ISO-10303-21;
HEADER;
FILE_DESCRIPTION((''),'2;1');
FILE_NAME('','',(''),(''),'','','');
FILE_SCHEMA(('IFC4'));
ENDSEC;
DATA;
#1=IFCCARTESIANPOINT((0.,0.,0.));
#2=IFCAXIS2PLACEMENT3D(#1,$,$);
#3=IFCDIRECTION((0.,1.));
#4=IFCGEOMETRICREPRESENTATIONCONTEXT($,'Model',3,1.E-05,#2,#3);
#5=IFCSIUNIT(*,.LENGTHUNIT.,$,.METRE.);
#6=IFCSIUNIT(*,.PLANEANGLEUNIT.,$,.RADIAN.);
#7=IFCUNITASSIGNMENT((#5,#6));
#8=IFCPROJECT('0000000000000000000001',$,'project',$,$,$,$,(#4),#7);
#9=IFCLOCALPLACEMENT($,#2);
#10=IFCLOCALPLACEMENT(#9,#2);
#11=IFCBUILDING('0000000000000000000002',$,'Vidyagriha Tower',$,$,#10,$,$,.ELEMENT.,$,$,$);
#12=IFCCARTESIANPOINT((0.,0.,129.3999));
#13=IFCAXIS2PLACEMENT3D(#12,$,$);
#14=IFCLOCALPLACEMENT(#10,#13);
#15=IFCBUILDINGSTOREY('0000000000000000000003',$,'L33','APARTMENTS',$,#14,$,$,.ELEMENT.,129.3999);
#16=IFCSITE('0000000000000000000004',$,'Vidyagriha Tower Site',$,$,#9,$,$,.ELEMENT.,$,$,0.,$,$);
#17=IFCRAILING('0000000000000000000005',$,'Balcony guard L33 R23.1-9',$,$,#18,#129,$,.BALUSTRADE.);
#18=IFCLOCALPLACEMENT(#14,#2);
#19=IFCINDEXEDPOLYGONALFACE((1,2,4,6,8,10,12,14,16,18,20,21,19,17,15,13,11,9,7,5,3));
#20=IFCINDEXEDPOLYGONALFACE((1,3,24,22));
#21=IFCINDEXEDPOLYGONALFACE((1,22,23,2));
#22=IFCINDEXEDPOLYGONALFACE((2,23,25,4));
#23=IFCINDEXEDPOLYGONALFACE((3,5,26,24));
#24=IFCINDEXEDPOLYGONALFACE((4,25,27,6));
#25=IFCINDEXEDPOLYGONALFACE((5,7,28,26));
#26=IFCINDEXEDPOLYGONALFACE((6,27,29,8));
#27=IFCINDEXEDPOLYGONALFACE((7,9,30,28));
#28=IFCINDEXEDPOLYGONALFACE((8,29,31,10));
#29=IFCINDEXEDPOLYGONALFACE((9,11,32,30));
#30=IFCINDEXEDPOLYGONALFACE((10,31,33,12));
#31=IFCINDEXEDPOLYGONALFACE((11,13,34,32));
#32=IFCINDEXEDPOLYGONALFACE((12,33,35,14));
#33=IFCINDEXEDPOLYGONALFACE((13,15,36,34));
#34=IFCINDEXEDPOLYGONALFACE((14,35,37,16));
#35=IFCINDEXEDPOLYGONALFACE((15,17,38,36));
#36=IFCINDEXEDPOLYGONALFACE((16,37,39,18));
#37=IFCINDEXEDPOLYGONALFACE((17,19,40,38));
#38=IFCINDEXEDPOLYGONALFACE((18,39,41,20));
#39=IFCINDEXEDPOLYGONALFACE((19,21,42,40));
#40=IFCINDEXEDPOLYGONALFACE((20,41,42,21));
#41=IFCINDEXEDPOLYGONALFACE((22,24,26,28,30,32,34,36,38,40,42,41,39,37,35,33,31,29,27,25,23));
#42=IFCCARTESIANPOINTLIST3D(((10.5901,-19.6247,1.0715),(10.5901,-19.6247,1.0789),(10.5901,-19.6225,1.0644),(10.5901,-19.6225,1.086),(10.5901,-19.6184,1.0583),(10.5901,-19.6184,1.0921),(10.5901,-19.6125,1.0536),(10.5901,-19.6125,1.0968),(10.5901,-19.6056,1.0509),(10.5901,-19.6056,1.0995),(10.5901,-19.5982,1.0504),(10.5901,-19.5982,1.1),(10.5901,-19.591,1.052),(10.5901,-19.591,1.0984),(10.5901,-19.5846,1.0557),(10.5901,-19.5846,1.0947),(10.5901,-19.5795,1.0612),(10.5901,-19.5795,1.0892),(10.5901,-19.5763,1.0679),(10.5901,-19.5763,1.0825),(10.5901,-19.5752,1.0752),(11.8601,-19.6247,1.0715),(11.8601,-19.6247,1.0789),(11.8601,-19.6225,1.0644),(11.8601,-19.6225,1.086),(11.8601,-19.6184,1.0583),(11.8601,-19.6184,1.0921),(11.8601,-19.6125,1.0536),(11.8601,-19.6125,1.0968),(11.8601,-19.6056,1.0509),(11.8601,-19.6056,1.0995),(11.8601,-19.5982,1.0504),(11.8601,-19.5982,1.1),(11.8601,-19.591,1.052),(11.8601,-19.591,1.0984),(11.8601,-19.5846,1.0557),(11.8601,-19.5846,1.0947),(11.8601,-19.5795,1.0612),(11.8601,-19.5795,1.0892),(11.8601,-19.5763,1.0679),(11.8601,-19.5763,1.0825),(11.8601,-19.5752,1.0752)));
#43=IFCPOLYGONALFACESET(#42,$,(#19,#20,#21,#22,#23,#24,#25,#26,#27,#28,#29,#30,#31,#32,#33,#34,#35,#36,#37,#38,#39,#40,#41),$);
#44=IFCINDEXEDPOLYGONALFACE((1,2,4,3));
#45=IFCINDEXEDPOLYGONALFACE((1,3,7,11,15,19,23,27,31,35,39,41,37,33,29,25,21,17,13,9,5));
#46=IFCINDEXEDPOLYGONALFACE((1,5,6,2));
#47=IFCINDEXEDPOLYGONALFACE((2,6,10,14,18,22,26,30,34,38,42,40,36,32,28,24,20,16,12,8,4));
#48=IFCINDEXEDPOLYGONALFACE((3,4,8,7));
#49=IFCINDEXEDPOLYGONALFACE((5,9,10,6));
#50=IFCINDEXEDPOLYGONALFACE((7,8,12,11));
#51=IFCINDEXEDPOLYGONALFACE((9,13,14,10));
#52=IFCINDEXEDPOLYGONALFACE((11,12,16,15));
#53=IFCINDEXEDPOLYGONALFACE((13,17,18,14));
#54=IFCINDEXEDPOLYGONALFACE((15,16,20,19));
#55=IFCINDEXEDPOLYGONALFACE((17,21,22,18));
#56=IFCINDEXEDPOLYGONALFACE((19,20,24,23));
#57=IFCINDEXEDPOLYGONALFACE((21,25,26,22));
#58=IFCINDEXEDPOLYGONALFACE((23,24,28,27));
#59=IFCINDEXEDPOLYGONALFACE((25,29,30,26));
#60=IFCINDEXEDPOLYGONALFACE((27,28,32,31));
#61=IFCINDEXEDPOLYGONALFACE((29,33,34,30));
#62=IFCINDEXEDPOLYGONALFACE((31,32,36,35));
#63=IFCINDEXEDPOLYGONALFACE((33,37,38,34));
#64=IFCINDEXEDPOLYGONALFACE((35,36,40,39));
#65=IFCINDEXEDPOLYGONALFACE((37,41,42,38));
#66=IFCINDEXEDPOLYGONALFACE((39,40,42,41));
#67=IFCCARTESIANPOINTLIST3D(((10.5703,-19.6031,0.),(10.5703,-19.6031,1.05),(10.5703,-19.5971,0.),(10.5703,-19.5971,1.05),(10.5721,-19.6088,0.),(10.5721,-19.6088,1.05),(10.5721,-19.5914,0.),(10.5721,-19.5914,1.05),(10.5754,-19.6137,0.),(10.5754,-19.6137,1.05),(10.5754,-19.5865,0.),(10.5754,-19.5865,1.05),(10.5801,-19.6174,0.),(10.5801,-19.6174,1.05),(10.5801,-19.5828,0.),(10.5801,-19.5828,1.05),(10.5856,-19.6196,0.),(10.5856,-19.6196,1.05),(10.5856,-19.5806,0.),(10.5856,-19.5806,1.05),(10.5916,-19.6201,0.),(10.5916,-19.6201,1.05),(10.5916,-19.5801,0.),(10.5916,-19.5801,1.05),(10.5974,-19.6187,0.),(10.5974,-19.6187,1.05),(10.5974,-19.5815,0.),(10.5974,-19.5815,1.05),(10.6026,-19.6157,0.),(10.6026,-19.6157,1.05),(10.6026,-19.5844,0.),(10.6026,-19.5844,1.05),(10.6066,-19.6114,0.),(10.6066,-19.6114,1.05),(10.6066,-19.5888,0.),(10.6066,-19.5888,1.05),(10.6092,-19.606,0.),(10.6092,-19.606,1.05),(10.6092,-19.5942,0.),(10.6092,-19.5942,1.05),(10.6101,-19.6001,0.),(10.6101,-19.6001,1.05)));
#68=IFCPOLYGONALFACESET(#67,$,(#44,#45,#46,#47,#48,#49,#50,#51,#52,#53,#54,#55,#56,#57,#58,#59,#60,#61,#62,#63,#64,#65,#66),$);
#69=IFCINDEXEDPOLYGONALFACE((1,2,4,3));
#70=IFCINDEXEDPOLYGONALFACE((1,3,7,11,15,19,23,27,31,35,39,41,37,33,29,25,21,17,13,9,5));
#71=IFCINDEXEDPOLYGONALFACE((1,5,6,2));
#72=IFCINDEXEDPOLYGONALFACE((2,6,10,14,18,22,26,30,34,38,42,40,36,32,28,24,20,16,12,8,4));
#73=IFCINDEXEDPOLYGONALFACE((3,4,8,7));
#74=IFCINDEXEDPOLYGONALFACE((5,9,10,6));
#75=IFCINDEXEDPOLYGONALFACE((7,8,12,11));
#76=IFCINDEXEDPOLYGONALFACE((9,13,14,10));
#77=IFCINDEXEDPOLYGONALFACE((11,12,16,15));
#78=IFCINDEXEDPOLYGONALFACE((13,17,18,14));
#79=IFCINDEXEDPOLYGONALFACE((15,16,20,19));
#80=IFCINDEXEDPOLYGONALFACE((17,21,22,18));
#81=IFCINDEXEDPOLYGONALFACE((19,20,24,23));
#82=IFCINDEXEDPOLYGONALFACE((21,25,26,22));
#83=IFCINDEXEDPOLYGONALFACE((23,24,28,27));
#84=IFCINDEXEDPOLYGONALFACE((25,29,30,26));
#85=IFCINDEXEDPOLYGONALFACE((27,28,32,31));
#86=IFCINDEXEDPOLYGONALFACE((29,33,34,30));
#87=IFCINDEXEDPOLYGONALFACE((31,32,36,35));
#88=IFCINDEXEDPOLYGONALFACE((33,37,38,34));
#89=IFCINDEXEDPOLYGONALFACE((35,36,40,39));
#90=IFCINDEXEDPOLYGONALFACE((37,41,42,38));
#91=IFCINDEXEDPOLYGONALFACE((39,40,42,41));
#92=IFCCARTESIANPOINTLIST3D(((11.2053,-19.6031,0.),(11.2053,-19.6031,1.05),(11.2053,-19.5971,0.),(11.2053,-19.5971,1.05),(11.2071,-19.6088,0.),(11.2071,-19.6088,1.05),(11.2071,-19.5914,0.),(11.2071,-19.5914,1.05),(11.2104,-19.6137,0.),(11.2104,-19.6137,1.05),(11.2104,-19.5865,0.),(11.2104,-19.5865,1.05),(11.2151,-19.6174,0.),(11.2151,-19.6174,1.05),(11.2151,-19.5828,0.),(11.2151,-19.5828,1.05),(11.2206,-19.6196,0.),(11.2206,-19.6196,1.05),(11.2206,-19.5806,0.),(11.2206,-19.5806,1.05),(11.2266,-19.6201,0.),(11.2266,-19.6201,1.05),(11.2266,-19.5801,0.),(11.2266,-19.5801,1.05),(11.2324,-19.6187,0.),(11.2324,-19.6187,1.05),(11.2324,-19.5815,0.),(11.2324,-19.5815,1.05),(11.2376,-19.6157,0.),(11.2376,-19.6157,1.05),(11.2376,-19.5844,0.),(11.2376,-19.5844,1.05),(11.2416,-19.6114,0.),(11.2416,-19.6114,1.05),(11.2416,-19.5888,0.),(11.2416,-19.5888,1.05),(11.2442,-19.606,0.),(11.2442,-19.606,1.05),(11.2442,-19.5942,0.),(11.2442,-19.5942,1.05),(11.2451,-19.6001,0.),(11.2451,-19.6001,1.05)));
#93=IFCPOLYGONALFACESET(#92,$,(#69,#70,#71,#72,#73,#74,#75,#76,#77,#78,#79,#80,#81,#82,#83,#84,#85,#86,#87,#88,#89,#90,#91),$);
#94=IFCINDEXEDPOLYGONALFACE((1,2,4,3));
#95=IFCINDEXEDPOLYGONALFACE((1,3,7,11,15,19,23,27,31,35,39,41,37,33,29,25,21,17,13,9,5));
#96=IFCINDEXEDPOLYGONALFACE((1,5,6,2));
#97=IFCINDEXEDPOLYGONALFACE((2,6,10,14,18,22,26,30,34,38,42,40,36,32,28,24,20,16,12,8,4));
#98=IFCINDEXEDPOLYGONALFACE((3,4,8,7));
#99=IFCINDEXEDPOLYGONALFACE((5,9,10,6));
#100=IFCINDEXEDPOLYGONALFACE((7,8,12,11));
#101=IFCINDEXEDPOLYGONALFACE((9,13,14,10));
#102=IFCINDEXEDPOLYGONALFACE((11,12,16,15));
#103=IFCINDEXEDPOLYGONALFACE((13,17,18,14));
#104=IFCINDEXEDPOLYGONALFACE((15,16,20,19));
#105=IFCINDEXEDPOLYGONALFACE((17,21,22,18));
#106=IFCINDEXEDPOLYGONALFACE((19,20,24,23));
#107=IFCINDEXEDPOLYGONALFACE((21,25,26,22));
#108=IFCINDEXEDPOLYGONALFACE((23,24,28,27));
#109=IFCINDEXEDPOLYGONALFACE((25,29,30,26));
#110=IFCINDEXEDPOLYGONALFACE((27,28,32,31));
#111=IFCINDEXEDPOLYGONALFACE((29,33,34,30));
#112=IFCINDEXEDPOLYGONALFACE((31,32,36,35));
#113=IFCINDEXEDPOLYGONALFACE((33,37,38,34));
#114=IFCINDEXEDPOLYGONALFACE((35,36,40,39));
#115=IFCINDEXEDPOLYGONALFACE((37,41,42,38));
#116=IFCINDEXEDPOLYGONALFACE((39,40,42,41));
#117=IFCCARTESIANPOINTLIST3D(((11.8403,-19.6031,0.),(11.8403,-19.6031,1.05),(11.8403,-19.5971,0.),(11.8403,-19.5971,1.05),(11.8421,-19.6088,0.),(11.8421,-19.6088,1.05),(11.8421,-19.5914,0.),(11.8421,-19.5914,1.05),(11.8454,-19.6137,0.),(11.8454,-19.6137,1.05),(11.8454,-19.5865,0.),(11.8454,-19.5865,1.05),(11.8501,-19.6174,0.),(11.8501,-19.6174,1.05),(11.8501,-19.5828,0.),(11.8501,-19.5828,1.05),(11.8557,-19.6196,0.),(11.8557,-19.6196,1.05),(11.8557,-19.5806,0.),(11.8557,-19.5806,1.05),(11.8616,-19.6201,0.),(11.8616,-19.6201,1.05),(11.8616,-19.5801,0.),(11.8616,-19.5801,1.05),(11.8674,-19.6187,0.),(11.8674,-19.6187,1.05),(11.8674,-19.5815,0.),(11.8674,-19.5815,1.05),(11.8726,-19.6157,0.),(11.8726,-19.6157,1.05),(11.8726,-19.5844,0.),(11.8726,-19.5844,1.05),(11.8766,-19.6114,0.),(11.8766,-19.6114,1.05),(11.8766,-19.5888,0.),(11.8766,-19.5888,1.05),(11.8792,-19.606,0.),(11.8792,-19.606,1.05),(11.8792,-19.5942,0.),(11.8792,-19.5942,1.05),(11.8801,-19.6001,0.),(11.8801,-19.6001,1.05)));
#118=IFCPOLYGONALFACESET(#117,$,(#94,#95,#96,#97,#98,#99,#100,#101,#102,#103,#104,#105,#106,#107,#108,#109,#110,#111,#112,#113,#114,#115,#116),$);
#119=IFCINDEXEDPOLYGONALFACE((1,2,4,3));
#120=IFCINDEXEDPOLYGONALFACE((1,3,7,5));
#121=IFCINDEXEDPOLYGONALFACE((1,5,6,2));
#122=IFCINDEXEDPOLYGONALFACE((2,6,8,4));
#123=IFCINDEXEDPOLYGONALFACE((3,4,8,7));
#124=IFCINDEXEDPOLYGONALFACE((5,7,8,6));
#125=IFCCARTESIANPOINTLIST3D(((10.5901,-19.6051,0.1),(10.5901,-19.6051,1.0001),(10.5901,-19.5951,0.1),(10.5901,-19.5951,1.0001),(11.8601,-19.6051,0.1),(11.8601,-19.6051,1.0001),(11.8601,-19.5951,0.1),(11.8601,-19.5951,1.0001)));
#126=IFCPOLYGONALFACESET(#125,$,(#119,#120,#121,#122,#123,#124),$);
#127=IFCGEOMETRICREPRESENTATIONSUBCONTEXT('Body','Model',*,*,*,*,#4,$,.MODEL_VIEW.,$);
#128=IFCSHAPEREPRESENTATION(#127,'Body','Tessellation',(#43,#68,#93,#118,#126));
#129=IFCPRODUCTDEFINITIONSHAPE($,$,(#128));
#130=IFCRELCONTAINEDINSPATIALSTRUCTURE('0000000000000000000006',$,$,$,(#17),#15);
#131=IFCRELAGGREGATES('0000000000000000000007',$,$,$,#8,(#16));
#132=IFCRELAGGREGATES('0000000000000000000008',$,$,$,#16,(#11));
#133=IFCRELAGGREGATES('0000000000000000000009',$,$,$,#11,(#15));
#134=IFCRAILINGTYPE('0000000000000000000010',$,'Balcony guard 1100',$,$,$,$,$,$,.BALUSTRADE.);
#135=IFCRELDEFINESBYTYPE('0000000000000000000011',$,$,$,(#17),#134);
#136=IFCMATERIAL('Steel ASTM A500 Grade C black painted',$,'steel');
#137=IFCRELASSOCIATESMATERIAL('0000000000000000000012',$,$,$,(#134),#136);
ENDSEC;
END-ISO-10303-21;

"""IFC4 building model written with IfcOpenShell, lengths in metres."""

from ifc_helpers import new_model, si_unit, direction, frame, origin, origin_2d, place, context, subcontext, project, spatial, rectangle, circle, extrude, material, type_object, element, save


model = new_model("IFC4")

# Units and contexts
model_context = context("Model", 3, precision=1e-05, world=origin(), true_north=direction((0.0, 1.0)))
body_context = subcontext(model_context, "Body", "Model", "MODEL_VIEW")
ifc_project = project(units=[si_unit("LENGTHUNIT", "METRE"), si_unit("PLANEANGLEUNIT", "RADIAN")], contexts=[model_context])

# Site, building, storey
site_placement = place(None, origin())
site = spatial("IfcSite", under=ifc_project, at=site_placement, Name="Vidyagriha Tower Site", CompositionType="ELEMENT", RefElevation=0.0)
building_placement = place(site_placement, origin())
building = spatial("IfcBuilding", under=site, at=building_placement, Name="Vidyagriha Tower", CompositionType="ELEMENT")
storey_placement = place(building_placement, frame((0.0, 0.0, 129.3999)))
storey = spatial("IfcBuildingStorey", under=building, at=storey_placement, Name="L33", Description="APARTMENTS", CompositionType="ELEMENT", Elevation=129.3999)

# Railing
ifc_material_1 = material(Name="Steel ASTM A500 Grade C black painted", Category="steel")
railing_type = type_object("IfcRailingType", Name="Balcony guard 1100", PredefinedType="BALUSTRADE", material=ifc_material_1)
railing_1_placement = place(storey_placement, frame((10.5901, -19.6001, 0.0)))
element("IfcRailing", 1, at=railing_1_placement, inside=storey, type_object=railing_type, Name="Balcony guard L33 R23.1-9", PredefinedType="BALUSTRADE", context=body_context, shape_type="SweptSolid", body=[
    extrude(circle(Radius=0.0249, at=origin_2d()), frame((0.0, 0.0, 1.0752), z_axis=(1.0, 0.0, 0.0), x_axis=(0.0, 1.0, 0.0)), (0.0, 0.0, 1.0), 1.27),
    extrude(circle(Radius=0.02, at=origin_2d()), origin(), (0.0, 0.0, 1.0), 1.05),
    extrude(circle(Radius=0.02, at=origin_2d()), frame((0.635, 0.0, 0.0)), (0.0, 0.0, 1.0), 1.05),
    extrude(circle(Radius=0.02, at=origin_2d()), frame((1.27, 0.0, 0.0)), (0.0, 0.0, 1.0), 1.05),
    extrude(rectangle(XDim=0.01, YDim=0.9001, at=origin_2d()), frame((0.0, 0.0, 0.55), z_axis=(1.0, 0.0, 0.0), x_axis=(0.0, 1.0, 0.0)), (0.0, 0.0, 1.0), 1.27),
])

save(model, "model.ifc")
